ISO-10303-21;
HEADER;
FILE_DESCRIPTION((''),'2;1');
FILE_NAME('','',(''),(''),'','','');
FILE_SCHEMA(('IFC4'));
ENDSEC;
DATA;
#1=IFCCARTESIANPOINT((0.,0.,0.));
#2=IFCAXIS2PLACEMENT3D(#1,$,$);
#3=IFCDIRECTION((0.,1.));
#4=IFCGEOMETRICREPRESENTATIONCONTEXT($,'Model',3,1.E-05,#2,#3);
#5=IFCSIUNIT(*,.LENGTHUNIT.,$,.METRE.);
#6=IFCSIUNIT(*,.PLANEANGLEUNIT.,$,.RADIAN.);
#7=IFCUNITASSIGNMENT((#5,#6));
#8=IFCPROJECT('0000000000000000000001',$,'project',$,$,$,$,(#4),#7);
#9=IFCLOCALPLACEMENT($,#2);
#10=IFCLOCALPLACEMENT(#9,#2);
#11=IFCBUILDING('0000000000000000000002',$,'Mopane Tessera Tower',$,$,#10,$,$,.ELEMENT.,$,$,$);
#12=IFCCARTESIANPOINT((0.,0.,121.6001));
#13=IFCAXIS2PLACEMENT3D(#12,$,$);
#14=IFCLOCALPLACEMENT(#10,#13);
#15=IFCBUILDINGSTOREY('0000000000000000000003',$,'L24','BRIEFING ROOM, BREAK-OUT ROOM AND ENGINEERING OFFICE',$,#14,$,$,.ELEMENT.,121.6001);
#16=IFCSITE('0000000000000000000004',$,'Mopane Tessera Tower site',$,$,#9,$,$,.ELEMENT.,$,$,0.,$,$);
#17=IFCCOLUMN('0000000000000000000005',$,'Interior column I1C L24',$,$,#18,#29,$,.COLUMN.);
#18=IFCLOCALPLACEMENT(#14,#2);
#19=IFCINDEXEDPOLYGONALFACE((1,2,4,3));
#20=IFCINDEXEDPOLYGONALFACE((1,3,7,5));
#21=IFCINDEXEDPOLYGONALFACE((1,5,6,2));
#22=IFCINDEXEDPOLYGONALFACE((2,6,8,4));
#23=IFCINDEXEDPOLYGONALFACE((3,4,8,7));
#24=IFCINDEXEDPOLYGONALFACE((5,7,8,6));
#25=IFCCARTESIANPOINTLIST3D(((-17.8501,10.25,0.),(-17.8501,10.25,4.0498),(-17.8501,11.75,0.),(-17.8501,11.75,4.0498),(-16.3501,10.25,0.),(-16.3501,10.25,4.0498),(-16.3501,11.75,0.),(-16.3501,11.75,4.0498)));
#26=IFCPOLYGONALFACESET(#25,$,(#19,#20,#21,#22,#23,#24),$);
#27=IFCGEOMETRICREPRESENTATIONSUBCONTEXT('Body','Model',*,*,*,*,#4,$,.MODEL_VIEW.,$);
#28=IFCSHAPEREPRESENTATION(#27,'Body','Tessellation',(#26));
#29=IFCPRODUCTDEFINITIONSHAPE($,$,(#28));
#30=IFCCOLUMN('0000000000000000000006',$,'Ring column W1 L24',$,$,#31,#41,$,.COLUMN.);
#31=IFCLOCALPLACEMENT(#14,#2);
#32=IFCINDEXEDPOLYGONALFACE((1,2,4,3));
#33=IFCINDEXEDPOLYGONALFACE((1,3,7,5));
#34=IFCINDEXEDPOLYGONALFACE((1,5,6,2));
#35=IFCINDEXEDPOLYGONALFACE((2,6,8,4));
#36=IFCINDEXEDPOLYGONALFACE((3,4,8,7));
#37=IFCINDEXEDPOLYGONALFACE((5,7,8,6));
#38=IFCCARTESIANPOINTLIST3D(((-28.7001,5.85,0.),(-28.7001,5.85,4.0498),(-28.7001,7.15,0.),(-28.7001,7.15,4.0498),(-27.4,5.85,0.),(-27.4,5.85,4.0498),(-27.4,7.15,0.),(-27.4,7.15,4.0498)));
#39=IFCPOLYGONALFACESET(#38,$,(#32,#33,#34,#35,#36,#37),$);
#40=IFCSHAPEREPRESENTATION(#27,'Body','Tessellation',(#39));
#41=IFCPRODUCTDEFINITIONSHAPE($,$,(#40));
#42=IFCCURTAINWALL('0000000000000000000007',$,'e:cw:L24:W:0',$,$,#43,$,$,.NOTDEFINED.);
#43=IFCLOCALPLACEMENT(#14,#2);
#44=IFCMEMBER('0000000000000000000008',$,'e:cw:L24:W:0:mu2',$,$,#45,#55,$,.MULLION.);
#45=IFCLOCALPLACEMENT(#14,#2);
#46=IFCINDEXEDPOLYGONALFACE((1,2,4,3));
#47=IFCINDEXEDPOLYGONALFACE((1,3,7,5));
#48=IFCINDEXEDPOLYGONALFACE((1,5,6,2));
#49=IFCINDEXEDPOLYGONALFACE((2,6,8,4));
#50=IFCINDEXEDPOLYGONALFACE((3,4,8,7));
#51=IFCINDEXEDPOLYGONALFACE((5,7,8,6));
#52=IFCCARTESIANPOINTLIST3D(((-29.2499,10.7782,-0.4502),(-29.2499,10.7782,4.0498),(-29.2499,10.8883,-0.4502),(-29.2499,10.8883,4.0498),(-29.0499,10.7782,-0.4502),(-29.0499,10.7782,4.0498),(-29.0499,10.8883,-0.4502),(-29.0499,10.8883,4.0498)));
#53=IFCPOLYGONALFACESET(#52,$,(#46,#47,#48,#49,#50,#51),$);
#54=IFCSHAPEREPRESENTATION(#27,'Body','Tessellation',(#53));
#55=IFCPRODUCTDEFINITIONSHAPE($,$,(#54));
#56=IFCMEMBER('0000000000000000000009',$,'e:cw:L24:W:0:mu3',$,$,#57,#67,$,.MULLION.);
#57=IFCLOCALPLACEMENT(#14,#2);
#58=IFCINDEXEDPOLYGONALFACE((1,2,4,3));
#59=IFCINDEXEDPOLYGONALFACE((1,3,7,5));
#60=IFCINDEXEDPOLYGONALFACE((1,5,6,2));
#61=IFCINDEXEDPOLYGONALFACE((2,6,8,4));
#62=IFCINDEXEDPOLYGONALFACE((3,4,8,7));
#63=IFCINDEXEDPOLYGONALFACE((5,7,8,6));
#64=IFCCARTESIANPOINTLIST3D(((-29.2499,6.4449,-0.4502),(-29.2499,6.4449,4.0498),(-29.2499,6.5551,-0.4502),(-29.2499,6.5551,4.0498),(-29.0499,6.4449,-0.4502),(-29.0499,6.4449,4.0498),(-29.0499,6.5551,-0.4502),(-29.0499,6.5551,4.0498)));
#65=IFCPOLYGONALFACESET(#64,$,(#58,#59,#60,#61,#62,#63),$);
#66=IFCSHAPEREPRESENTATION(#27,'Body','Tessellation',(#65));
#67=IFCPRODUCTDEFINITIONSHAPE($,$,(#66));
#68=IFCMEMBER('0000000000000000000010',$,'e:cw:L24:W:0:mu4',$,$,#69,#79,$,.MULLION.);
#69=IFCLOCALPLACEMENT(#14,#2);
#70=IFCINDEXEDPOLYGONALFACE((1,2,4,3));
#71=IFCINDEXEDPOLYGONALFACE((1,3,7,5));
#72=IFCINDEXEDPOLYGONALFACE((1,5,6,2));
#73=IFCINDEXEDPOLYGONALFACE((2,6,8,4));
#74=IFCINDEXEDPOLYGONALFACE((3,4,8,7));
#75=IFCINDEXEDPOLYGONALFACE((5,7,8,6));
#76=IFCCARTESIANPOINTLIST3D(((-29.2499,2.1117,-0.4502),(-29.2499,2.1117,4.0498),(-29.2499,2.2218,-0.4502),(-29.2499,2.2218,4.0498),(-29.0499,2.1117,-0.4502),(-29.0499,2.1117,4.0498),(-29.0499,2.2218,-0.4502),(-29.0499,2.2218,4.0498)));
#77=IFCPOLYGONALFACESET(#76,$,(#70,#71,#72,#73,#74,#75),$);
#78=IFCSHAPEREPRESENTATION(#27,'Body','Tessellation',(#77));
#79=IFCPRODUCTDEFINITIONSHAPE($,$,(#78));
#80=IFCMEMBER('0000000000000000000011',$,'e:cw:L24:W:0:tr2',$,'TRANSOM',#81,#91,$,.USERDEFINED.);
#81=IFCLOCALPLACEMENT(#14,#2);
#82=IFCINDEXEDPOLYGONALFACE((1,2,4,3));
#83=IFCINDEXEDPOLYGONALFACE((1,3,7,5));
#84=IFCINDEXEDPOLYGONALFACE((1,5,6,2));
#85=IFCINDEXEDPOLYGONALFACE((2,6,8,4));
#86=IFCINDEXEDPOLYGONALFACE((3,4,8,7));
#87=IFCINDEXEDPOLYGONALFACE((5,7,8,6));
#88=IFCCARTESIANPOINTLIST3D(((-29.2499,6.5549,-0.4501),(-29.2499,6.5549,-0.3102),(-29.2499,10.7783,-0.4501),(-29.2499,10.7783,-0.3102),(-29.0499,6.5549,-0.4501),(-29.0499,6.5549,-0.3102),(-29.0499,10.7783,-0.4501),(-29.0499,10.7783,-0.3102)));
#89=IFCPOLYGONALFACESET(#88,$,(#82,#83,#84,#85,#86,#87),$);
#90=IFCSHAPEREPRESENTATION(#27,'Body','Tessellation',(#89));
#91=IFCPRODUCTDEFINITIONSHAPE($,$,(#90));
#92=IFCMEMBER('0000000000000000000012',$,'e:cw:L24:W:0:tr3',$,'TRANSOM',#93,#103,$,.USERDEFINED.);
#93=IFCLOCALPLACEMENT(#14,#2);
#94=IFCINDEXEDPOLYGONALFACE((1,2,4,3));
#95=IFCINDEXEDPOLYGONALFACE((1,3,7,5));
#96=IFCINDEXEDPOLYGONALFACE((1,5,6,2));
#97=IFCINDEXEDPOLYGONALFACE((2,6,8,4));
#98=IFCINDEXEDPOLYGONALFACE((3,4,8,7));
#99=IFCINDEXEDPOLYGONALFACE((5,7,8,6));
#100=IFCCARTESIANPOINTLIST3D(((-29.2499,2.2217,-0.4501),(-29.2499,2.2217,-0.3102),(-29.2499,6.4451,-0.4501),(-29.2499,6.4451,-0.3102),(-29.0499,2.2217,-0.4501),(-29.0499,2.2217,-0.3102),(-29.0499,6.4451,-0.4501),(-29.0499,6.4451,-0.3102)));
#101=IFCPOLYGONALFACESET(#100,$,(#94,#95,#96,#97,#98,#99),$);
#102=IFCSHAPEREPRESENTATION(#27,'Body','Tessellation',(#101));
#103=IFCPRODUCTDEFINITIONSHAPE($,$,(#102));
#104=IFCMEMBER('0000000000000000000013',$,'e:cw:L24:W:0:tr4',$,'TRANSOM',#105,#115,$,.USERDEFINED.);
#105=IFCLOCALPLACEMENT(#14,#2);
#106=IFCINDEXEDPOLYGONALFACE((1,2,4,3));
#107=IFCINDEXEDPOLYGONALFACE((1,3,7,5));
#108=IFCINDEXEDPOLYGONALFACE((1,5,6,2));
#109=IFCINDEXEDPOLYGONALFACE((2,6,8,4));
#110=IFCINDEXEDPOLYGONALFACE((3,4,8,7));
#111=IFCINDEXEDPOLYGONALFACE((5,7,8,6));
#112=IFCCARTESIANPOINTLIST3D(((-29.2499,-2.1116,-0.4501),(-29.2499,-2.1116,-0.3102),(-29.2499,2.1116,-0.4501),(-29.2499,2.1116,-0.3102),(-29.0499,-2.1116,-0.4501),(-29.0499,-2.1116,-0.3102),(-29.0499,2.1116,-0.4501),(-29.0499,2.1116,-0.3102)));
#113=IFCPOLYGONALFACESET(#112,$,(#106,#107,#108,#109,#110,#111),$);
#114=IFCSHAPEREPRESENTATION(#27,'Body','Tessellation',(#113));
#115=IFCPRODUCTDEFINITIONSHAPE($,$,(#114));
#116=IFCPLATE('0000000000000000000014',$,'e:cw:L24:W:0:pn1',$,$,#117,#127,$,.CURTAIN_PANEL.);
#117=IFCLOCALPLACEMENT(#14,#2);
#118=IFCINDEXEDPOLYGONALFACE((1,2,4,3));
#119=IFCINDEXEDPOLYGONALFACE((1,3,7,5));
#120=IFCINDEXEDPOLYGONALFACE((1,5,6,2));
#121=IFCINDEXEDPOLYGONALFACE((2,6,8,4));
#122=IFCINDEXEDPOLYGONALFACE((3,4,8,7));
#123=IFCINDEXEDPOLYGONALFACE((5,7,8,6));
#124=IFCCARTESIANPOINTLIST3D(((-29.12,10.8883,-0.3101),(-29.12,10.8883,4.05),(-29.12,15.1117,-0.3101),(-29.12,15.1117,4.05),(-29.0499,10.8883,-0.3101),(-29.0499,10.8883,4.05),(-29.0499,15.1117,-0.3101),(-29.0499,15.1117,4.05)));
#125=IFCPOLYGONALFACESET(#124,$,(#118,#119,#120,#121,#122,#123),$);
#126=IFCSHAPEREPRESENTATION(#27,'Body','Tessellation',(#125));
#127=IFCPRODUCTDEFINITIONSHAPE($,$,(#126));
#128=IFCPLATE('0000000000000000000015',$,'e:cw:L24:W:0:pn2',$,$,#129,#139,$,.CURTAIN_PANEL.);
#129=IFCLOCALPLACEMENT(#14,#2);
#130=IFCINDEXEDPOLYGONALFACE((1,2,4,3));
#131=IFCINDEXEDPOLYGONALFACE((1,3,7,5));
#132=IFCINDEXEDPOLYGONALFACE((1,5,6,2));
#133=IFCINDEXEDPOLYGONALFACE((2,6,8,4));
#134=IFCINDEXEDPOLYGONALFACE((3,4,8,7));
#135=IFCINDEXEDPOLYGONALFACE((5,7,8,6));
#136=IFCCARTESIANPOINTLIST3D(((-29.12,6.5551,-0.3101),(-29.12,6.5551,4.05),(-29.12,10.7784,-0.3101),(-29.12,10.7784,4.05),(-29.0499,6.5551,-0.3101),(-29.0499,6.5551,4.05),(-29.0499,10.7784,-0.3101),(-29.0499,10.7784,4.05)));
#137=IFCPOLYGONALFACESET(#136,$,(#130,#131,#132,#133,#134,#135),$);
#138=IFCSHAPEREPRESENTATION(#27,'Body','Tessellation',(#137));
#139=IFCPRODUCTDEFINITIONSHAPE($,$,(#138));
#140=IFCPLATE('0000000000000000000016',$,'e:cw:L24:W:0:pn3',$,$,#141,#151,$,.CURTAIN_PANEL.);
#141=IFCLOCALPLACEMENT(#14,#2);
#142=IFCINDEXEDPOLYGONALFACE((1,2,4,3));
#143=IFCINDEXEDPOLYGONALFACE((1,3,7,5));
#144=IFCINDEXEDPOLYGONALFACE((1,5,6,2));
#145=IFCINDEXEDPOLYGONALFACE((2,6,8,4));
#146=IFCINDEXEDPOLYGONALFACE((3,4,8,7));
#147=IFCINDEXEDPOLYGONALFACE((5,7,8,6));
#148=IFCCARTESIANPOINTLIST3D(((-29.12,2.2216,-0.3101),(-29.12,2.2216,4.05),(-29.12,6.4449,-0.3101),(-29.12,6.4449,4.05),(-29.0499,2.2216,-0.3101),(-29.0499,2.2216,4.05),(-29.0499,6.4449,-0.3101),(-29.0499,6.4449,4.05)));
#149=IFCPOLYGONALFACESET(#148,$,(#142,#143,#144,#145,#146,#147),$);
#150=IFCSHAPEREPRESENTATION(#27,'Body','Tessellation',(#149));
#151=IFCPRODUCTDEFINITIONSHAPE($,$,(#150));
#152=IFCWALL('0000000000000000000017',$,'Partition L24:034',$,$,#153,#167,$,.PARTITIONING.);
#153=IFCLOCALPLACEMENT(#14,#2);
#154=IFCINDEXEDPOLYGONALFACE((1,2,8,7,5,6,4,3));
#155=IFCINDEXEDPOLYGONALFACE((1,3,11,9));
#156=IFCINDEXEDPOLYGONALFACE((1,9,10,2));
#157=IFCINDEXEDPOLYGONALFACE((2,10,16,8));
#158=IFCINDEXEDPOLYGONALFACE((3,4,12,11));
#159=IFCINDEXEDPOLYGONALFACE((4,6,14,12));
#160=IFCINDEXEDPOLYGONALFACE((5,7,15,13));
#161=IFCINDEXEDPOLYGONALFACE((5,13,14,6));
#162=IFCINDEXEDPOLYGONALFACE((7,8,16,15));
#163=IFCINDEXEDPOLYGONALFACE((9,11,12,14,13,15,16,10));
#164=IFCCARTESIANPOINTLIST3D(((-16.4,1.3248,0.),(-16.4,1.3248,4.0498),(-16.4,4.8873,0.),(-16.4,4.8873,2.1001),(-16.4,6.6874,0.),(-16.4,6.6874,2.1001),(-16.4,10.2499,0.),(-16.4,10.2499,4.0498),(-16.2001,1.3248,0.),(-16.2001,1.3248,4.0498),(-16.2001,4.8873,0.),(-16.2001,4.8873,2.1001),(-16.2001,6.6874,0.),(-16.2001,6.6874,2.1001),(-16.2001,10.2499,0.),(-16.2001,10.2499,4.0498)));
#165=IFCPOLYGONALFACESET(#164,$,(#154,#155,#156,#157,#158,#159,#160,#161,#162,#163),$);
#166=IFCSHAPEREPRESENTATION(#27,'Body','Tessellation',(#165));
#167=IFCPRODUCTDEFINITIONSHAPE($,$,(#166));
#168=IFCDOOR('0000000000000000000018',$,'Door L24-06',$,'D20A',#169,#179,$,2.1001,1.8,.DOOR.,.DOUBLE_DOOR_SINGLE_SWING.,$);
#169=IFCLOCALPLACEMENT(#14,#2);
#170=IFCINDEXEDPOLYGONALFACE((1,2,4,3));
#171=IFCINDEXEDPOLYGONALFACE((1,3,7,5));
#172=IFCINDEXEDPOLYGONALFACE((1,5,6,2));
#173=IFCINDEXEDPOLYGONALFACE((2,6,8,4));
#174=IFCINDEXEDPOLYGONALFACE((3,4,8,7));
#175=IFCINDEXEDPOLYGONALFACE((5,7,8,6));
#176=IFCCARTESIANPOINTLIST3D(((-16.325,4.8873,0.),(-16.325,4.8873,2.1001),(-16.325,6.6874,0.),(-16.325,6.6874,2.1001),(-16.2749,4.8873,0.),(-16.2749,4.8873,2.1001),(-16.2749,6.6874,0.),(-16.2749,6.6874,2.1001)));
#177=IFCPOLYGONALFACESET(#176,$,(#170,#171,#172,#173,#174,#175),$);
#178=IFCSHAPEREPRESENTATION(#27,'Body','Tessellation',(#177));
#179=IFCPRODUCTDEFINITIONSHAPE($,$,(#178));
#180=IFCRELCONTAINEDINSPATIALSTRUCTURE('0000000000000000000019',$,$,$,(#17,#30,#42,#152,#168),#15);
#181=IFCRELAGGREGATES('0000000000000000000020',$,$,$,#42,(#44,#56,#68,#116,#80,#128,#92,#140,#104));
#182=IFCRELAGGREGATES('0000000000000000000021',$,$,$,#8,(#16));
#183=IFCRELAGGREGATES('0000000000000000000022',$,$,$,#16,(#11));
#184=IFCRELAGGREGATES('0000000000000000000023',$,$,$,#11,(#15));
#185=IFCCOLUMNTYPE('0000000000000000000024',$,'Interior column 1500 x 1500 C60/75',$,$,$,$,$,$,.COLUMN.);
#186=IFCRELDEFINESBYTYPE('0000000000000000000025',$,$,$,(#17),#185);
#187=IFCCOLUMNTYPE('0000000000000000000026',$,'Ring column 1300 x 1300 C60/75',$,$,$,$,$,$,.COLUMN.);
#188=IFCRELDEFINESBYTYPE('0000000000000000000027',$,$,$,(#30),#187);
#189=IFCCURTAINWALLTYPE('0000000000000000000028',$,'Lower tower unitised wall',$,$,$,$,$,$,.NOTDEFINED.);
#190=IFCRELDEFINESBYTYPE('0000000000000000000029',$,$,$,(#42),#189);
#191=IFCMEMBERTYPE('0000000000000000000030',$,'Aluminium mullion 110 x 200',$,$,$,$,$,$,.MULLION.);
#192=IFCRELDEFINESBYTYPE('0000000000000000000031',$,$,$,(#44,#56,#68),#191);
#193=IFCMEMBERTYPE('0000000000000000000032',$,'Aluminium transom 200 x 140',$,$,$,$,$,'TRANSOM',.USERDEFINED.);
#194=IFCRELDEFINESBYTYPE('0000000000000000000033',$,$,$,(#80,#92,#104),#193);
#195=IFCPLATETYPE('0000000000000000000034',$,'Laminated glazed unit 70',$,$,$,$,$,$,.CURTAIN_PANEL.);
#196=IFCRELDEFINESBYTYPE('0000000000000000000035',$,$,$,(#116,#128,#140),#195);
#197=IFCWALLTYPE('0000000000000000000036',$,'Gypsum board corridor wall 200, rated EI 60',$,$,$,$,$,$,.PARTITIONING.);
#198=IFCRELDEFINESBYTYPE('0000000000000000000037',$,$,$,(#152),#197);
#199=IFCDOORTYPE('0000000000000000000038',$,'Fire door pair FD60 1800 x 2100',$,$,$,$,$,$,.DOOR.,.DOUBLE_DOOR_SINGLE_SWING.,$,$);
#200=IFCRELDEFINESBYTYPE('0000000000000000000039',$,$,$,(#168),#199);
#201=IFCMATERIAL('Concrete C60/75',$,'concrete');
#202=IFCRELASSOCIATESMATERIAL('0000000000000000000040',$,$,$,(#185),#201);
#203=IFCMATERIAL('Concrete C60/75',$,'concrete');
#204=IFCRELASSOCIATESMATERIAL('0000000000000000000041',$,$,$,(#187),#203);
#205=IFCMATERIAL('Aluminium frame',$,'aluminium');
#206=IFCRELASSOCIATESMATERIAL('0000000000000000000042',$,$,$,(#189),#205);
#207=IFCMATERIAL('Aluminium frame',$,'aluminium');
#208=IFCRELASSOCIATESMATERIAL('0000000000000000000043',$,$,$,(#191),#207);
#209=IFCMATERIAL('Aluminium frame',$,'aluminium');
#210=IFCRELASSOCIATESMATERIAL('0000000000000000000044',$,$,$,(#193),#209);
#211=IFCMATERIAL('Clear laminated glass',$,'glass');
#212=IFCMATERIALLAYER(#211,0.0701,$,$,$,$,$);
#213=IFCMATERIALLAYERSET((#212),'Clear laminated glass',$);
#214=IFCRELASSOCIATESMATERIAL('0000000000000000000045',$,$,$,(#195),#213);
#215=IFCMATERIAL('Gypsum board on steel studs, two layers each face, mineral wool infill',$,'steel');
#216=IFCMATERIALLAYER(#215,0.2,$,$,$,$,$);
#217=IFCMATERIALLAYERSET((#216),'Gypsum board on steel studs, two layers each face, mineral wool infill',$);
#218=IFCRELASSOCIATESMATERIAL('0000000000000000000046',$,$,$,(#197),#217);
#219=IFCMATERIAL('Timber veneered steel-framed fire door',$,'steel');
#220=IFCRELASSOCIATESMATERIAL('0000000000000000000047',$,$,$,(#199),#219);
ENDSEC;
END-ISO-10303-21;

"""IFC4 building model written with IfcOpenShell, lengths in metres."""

from ifc_helpers import new_model, si_unit, direction, frame, frame_2d, origin, origin_2d, place, context, subcontext, project, spatial, rectangle, extrude, material, layer, layer_set, material_profile, profile_set, type_object, element, fill, aggregate, save


model = new_model("IFC4")

# Units and contexts
model_context = context("Model", 3, precision=1e-05, world=origin(), true_north=direction((0.0, 1.0)))
body_context = subcontext(model_context, "Body", "Model", "MODEL_VIEW")
ifc_project = project(units=[si_unit("LENGTHUNIT", "METRE"), si_unit("PLANEANGLEUNIT", "RADIAN")], contexts=[model_context])

# Site, building, storey
site_placement = place(None, origin())
site = spatial("IfcSite", under=ifc_project, at=site_placement, Name="Mopane Tessera Tower site", CompositionType="ELEMENT", RefElevation=0.0)
building_placement = place(site_placement, origin())
building = spatial("IfcBuilding", under=site, at=building_placement, Name="Mopane Tessera Tower", CompositionType="ELEMENT")
storey_placement = place(building_placement, frame((0.0, 0.0, 121.6001)))
storey = spatial("IfcBuildingStorey", under=building, at=storey_placement, Name="L24", Description="BRIEFING ROOM, BREAK-OUT ROOM AND ENGINEERING OFFICE", CompositionType="ELEMENT", Elevation=121.6001)

# Columns
ifc_material_1 = material(Name="Concrete C60/75", Category="concrete")
ifc_material_profile_1 = material_profile(ifc_material_1, rectangle(XDim=1.5, YDim=1.5, at=origin_2d()))
ifc_profile_set_1 = profile_set([ifc_material_profile_1], Name="Concrete C60/75")
column_type_1 = type_object("IfcColumnType", Name="Interior column 1500 x 1500 C60/75", PredefinedType="COLUMN", material=ifc_profile_set_1)
column_1_placement = place(storey_placement, frame((-17.1001, 11.0, 0.0), z_axis=(0.0, 0.0, 1.0), x_axis=(1.0, 0.0, 0.0)))
element("IfcColumn", 1, at=column_1_placement, inside=storey, type_object=column_type_1, Name="Interior column I1C L24", PredefinedType="COLUMN", context=body_context, shape_type="SweptSolid", body=[
    extrude(rectangle(XDim=1.5, YDim=1.5, at=origin_2d()), origin(), (0.0, 0.0, 1.0), 4.0498),
])
ifc_material_2 = material(Name="Concrete C60/75", Category="concrete")
ifc_material_profile_2 = material_profile(ifc_material_2, rectangle(XDim=1.3, YDim=1.3, at=origin_2d()))
ifc_profile_set_2 = profile_set([ifc_material_profile_2], Name="Concrete C60/75")
column_type_2 = type_object("IfcColumnType", Name="Ring column 1300 x 1300 C60/75", PredefinedType="COLUMN", material=ifc_profile_set_2)
column_2_placement = place(storey_placement, frame((-28.05, 6.5, 0.0), z_axis=(0.0, 0.0, 1.0), x_axis=(1.0, 0.0, 0.0)))
element("IfcColumn", 2, at=column_2_placement, inside=storey, type_object=column_type_2, Name="Ring column W1 L24", PredefinedType="COLUMN", context=body_context, shape_type="SweptSolid", body=[
    extrude(rectangle(XDim=1.3, YDim=1.3, at=origin_2d()), origin(), (0.0, 0.0, 1.0), 4.0498),
])

# Curtain wall, members, plates
ifc_material_3 = material(Name="Aluminium frame", Category="aluminium")
curtain_wall_type = type_object("IfcCurtainWallType", Name="Lower tower unitised wall", PredefinedType="NOTDEFINED", material=ifc_material_3)
curtain_wall_placement = place(storey_placement, origin())
curtain_wall = element("IfcCurtainWall", 3, at=curtain_wall_placement, inside=storey, type_object=curtain_wall_type, Name="e:cw:L24:W:0", PredefinedType="NOTDEFINED")
ifc_material_4 = material(Name="Aluminium frame", Category="aluminium")
ifc_material_profile_3 = material_profile(ifc_material_4, rectangle(XDim=0.1101, YDim=0.2, at=origin_2d()))
ifc_profile_set_3 = profile_set([ifc_material_profile_3], Name="Aluminium frame")
member_type_1 = type_object("IfcMemberType", Name="Aluminium mullion 110 x 200", PredefinedType="MULLION", material=ifc_profile_set_3)
member_1_placement = place(storey_placement, frame((-29.1499, 10.8333, -0.4502), z_axis=(0.0, 0.0, 1.0), x_axis=(0.0, -1.0, 0.0)))
member_1 = element("IfcMember", 4, at=member_1_placement, type_object=member_type_1, Name="e:cw:L24:W:0:mu2", PredefinedType="MULLION", context=body_context, shape_type="SweptSolid", body=[
    extrude(rectangle(XDim=0.1101, YDim=0.2, at=origin_2d()), origin(), (0.0, 0.0, 1.0), 4.5),
])
member_2_placement = place(storey_placement, frame((-29.1499, 6.5, -0.4502), z_axis=(0.0, 0.0, 1.0), x_axis=(0.0, -1.0, 0.0)))
member_2 = element("IfcMember", 5, at=member_2_placement, type_object=member_type_1, Name="e:cw:L24:W:0:mu3", PredefinedType="MULLION", context=body_context, shape_type="SweptSolid", body=[
    extrude(rectangle(XDim=0.1101, YDim=0.2, at=origin_2d()), origin(), (0.0, 0.0, 1.0), 4.5),
])
member_3_placement = place(storey_placement, frame((-29.1499, 2.1667, -0.4502), z_axis=(0.0, 0.0, 1.0), x_axis=(0.0, -1.0, 0.0)))
member_3 = element("IfcMember", 6, at=member_3_placement, type_object=member_type_1, Name="e:cw:L24:W:0:mu4", PredefinedType="MULLION", context=body_context, shape_type="SweptSolid", body=[
    extrude(rectangle(XDim=0.1101, YDim=0.2, at=origin_2d()), origin(), (0.0, 0.0, 1.0), 4.5),
])
ifc_material_5 = material(Name="Aluminium frame", Category="aluminium")
ifc_material_profile_4 = material_profile(ifc_material_5, rectangle(XDim=0.2, YDim=0.1399, at=origin_2d()))
ifc_profile_set_4 = profile_set([ifc_material_profile_4], Name="Aluminium frame")
member_type_2 = type_object("IfcMemberType", Name="Aluminium transom 200 x 140", ElementType="TRANSOM", PredefinedType="USERDEFINED", material=ifc_profile_set_4)
member_4_placement = place(storey_placement, frame((-29.1499, 10.7783, -0.3801), z_axis=(0.0, -1.0, 0.0), x_axis=(1.0, 0.0, 0.0)))
member_4 = element("IfcMember", 7, at=member_4_placement, type_object=member_type_2, Name="e:cw:L24:W:0:tr2", ObjectType="TRANSOM", PredefinedType="USERDEFINED", context=body_context, shape_type="SweptSolid", body=[
    extrude(rectangle(XDim=0.2, YDim=0.1399, at=origin_2d()), origin(), (0.0, 0.0, 1.0), 4.2234),
])
member_5_placement = place(storey_placement, frame((-29.1499, 6.4451, -0.3801), z_axis=(0.0, -1.0, 0.0), x_axis=(1.0, 0.0, 0.0)))
member_5 = element("IfcMember", 8, at=member_5_placement, type_object=member_type_2, Name="e:cw:L24:W:0:tr3", ObjectType="TRANSOM", PredefinedType="USERDEFINED", context=body_context, shape_type="SweptSolid", body=[
    extrude(rectangle(XDim=0.2, YDim=0.1399, at=origin_2d()), origin(), (0.0, 0.0, 1.0), 4.2234),
])
member_6_placement = place(storey_placement, frame((-29.1499, 2.1116, -0.3801), z_axis=(0.0, -1.0, 0.0), x_axis=(1.0, 0.0, 0.0)))
member_6 = element("IfcMember", 9, at=member_6_placement, type_object=member_type_2, Name="e:cw:L24:W:0:tr4", ObjectType="TRANSOM", PredefinedType="USERDEFINED", context=body_context, shape_type="SweptSolid", body=[
    extrude(rectangle(XDim=0.2, YDim=0.1399, at=origin_2d()), origin(), (0.0, 0.0, 1.0), 4.2231),
])
ifc_material_6 = material(Name="Clear laminated glass", Category="glass")
ifc_layer_1 = layer(ifc_material_6, 0.0701)
ifc_layer_set_1 = layer_set([ifc_layer_1], Name="Clear laminated glass")
plate_type = type_object("IfcPlateType", Name="Laminated glazed unit 70", PredefinedType="CURTAIN_PANEL", material=ifc_layer_set_1)
plate_1_placement = place(storey_placement, frame((-29.085, 13.0, -0.3101), z_axis=(0.0, 0.0, 1.0), x_axis=(0.0, -1.0, 0.0)))
plate_1 = element("IfcPlate", 10, at=plate_1_placement, type_object=plate_type, Name="e:cw:L24:W:0:pn1", PredefinedType="CURTAIN_PANEL", context=body_context, shape_type="SweptSolid", body=[
    extrude(rectangle(XDim=4.2234, YDim=0.0701, at=origin_2d()), origin(), (0.0, 0.0, 1.0), 4.3601),
])
plate_2_placement = place(storey_placement, frame((-29.085, 8.6667, -0.3101), z_axis=(0.0, 0.0, 1.0), x_axis=(0.0, -1.0, 0.0)))
plate_2 = element("IfcPlate", 11, at=plate_2_placement, type_object=plate_type, Name="e:cw:L24:W:0:pn2", PredefinedType="CURTAIN_PANEL", context=body_context, shape_type="SweptSolid", body=[
    extrude(rectangle(XDim=4.2234, YDim=0.0701, at=origin_2d()), origin(), (0.0, 0.0, 1.0), 4.3601),
])
plate_3_placement = place(storey_placement, frame((-29.085, 4.3333, -0.3101), z_axis=(0.0, 0.0, 1.0), x_axis=(0.0, -1.0, 0.0)))
plate_3 = element("IfcPlate", 12, at=plate_3_placement, type_object=plate_type, Name="e:cw:L24:W:0:pn3", PredefinedType="CURTAIN_PANEL", context=body_context, shape_type="SweptSolid", body=[
    extrude(rectangle(XDim=4.2234, YDim=0.0701, at=origin_2d()), origin(), (0.0, 0.0, 1.0), 4.3601),
])
aggregate(curtain_wall, [member_1, member_2, member_3, plate_1, member_4, plate_2, member_5, plate_3, member_6])

# Wall, opening, door
ifc_material_7 = material(Name="Gypsum board on steel studs, two layers each face, mineral wool infill", Category="steel")
ifc_layer_2 = layer(ifc_material_7, 0.2)
ifc_layer_set_2 = layer_set([ifc_layer_2], Name="Gypsum board on steel studs, two layers each face, mineral wool infill")
wall_type_1 = type_object("IfcWallType", Name="Gypsum board corridor wall 200, rated EI 60", PredefinedType="PARTITIONING", material=ifc_layer_set_2)
wall_1_placement = place(storey_placement, frame((-16.3, 1.325, 0.0), z_axis=(0.0, 0.0, 1.0), x_axis=(0.0, 1.0, 0.0)))
wall_1 = element("IfcWall", 13, at=wall_1_placement, inside=storey, type_object=wall_type_1, Name="Partition L24:034", PredefinedType="PARTITIONING", context=body_context, shape_type="SweptSolid", body=[
    extrude(rectangle(XDim=8.925, YDim=0.2, at=frame_2d((4.4624, 0.0))), origin(), (0.0, 0.0, 1.0), 4.0498),
])
opening_placement = place(wall_1_placement, frame((3.5625, 0.0, 0.0)))
opening = element("IfcOpeningElement", 14, at=opening_placement, cuts=wall_1, PredefinedType="OPENING", context=body_context, shape_type="SweptSolid", body=[
    extrude(rectangle(XDim=1.8, YDim=2.1001, at=frame_2d((0.8999, 1.05))), frame((0.0, 0.1121, 0.0), z_axis=(0.0, -1.0, 0.0), x_axis=(1.0, 0.0, 0.0)), (0.0, 0.0, 1.0), 0.2239),
])
ifc_material_8 = material(Name="Timber veneered steel-framed fire door", Category="steel")
door_type = type_object("IfcDoorType", Name="Fire door pair FD60 1800 x 2100", OperationType="DOUBLE_DOOR_SINGLE_SWING", PredefinedType="DOOR", material=ifc_material_8)
door_placement = place(opening_placement, origin())
door = element("IfcDoor", 15, at=door_placement, inside=storey, type_object=door_type, Name="Door L24-06", ObjectType="D20A", OperationType="DOUBLE_DOOR_SINGLE_SWING", OverallHeight=2.1001, OverallWidth=1.8, PredefinedType="DOOR", context=body_context, shape_type="SweptSolid", body=[
    extrude(rectangle(XDim=1.8, YDim=2.1001, at=frame_2d((0.8999, 1.05))), frame((0.0, 0.0249, 0.0), z_axis=(0.0, -1.0, 0.0), x_axis=(1.0, 0.0, 0.0)), (0.0, 0.0, 1.0), 0.05),
])
fill(opening, door)

save(model, "model.ifc")
